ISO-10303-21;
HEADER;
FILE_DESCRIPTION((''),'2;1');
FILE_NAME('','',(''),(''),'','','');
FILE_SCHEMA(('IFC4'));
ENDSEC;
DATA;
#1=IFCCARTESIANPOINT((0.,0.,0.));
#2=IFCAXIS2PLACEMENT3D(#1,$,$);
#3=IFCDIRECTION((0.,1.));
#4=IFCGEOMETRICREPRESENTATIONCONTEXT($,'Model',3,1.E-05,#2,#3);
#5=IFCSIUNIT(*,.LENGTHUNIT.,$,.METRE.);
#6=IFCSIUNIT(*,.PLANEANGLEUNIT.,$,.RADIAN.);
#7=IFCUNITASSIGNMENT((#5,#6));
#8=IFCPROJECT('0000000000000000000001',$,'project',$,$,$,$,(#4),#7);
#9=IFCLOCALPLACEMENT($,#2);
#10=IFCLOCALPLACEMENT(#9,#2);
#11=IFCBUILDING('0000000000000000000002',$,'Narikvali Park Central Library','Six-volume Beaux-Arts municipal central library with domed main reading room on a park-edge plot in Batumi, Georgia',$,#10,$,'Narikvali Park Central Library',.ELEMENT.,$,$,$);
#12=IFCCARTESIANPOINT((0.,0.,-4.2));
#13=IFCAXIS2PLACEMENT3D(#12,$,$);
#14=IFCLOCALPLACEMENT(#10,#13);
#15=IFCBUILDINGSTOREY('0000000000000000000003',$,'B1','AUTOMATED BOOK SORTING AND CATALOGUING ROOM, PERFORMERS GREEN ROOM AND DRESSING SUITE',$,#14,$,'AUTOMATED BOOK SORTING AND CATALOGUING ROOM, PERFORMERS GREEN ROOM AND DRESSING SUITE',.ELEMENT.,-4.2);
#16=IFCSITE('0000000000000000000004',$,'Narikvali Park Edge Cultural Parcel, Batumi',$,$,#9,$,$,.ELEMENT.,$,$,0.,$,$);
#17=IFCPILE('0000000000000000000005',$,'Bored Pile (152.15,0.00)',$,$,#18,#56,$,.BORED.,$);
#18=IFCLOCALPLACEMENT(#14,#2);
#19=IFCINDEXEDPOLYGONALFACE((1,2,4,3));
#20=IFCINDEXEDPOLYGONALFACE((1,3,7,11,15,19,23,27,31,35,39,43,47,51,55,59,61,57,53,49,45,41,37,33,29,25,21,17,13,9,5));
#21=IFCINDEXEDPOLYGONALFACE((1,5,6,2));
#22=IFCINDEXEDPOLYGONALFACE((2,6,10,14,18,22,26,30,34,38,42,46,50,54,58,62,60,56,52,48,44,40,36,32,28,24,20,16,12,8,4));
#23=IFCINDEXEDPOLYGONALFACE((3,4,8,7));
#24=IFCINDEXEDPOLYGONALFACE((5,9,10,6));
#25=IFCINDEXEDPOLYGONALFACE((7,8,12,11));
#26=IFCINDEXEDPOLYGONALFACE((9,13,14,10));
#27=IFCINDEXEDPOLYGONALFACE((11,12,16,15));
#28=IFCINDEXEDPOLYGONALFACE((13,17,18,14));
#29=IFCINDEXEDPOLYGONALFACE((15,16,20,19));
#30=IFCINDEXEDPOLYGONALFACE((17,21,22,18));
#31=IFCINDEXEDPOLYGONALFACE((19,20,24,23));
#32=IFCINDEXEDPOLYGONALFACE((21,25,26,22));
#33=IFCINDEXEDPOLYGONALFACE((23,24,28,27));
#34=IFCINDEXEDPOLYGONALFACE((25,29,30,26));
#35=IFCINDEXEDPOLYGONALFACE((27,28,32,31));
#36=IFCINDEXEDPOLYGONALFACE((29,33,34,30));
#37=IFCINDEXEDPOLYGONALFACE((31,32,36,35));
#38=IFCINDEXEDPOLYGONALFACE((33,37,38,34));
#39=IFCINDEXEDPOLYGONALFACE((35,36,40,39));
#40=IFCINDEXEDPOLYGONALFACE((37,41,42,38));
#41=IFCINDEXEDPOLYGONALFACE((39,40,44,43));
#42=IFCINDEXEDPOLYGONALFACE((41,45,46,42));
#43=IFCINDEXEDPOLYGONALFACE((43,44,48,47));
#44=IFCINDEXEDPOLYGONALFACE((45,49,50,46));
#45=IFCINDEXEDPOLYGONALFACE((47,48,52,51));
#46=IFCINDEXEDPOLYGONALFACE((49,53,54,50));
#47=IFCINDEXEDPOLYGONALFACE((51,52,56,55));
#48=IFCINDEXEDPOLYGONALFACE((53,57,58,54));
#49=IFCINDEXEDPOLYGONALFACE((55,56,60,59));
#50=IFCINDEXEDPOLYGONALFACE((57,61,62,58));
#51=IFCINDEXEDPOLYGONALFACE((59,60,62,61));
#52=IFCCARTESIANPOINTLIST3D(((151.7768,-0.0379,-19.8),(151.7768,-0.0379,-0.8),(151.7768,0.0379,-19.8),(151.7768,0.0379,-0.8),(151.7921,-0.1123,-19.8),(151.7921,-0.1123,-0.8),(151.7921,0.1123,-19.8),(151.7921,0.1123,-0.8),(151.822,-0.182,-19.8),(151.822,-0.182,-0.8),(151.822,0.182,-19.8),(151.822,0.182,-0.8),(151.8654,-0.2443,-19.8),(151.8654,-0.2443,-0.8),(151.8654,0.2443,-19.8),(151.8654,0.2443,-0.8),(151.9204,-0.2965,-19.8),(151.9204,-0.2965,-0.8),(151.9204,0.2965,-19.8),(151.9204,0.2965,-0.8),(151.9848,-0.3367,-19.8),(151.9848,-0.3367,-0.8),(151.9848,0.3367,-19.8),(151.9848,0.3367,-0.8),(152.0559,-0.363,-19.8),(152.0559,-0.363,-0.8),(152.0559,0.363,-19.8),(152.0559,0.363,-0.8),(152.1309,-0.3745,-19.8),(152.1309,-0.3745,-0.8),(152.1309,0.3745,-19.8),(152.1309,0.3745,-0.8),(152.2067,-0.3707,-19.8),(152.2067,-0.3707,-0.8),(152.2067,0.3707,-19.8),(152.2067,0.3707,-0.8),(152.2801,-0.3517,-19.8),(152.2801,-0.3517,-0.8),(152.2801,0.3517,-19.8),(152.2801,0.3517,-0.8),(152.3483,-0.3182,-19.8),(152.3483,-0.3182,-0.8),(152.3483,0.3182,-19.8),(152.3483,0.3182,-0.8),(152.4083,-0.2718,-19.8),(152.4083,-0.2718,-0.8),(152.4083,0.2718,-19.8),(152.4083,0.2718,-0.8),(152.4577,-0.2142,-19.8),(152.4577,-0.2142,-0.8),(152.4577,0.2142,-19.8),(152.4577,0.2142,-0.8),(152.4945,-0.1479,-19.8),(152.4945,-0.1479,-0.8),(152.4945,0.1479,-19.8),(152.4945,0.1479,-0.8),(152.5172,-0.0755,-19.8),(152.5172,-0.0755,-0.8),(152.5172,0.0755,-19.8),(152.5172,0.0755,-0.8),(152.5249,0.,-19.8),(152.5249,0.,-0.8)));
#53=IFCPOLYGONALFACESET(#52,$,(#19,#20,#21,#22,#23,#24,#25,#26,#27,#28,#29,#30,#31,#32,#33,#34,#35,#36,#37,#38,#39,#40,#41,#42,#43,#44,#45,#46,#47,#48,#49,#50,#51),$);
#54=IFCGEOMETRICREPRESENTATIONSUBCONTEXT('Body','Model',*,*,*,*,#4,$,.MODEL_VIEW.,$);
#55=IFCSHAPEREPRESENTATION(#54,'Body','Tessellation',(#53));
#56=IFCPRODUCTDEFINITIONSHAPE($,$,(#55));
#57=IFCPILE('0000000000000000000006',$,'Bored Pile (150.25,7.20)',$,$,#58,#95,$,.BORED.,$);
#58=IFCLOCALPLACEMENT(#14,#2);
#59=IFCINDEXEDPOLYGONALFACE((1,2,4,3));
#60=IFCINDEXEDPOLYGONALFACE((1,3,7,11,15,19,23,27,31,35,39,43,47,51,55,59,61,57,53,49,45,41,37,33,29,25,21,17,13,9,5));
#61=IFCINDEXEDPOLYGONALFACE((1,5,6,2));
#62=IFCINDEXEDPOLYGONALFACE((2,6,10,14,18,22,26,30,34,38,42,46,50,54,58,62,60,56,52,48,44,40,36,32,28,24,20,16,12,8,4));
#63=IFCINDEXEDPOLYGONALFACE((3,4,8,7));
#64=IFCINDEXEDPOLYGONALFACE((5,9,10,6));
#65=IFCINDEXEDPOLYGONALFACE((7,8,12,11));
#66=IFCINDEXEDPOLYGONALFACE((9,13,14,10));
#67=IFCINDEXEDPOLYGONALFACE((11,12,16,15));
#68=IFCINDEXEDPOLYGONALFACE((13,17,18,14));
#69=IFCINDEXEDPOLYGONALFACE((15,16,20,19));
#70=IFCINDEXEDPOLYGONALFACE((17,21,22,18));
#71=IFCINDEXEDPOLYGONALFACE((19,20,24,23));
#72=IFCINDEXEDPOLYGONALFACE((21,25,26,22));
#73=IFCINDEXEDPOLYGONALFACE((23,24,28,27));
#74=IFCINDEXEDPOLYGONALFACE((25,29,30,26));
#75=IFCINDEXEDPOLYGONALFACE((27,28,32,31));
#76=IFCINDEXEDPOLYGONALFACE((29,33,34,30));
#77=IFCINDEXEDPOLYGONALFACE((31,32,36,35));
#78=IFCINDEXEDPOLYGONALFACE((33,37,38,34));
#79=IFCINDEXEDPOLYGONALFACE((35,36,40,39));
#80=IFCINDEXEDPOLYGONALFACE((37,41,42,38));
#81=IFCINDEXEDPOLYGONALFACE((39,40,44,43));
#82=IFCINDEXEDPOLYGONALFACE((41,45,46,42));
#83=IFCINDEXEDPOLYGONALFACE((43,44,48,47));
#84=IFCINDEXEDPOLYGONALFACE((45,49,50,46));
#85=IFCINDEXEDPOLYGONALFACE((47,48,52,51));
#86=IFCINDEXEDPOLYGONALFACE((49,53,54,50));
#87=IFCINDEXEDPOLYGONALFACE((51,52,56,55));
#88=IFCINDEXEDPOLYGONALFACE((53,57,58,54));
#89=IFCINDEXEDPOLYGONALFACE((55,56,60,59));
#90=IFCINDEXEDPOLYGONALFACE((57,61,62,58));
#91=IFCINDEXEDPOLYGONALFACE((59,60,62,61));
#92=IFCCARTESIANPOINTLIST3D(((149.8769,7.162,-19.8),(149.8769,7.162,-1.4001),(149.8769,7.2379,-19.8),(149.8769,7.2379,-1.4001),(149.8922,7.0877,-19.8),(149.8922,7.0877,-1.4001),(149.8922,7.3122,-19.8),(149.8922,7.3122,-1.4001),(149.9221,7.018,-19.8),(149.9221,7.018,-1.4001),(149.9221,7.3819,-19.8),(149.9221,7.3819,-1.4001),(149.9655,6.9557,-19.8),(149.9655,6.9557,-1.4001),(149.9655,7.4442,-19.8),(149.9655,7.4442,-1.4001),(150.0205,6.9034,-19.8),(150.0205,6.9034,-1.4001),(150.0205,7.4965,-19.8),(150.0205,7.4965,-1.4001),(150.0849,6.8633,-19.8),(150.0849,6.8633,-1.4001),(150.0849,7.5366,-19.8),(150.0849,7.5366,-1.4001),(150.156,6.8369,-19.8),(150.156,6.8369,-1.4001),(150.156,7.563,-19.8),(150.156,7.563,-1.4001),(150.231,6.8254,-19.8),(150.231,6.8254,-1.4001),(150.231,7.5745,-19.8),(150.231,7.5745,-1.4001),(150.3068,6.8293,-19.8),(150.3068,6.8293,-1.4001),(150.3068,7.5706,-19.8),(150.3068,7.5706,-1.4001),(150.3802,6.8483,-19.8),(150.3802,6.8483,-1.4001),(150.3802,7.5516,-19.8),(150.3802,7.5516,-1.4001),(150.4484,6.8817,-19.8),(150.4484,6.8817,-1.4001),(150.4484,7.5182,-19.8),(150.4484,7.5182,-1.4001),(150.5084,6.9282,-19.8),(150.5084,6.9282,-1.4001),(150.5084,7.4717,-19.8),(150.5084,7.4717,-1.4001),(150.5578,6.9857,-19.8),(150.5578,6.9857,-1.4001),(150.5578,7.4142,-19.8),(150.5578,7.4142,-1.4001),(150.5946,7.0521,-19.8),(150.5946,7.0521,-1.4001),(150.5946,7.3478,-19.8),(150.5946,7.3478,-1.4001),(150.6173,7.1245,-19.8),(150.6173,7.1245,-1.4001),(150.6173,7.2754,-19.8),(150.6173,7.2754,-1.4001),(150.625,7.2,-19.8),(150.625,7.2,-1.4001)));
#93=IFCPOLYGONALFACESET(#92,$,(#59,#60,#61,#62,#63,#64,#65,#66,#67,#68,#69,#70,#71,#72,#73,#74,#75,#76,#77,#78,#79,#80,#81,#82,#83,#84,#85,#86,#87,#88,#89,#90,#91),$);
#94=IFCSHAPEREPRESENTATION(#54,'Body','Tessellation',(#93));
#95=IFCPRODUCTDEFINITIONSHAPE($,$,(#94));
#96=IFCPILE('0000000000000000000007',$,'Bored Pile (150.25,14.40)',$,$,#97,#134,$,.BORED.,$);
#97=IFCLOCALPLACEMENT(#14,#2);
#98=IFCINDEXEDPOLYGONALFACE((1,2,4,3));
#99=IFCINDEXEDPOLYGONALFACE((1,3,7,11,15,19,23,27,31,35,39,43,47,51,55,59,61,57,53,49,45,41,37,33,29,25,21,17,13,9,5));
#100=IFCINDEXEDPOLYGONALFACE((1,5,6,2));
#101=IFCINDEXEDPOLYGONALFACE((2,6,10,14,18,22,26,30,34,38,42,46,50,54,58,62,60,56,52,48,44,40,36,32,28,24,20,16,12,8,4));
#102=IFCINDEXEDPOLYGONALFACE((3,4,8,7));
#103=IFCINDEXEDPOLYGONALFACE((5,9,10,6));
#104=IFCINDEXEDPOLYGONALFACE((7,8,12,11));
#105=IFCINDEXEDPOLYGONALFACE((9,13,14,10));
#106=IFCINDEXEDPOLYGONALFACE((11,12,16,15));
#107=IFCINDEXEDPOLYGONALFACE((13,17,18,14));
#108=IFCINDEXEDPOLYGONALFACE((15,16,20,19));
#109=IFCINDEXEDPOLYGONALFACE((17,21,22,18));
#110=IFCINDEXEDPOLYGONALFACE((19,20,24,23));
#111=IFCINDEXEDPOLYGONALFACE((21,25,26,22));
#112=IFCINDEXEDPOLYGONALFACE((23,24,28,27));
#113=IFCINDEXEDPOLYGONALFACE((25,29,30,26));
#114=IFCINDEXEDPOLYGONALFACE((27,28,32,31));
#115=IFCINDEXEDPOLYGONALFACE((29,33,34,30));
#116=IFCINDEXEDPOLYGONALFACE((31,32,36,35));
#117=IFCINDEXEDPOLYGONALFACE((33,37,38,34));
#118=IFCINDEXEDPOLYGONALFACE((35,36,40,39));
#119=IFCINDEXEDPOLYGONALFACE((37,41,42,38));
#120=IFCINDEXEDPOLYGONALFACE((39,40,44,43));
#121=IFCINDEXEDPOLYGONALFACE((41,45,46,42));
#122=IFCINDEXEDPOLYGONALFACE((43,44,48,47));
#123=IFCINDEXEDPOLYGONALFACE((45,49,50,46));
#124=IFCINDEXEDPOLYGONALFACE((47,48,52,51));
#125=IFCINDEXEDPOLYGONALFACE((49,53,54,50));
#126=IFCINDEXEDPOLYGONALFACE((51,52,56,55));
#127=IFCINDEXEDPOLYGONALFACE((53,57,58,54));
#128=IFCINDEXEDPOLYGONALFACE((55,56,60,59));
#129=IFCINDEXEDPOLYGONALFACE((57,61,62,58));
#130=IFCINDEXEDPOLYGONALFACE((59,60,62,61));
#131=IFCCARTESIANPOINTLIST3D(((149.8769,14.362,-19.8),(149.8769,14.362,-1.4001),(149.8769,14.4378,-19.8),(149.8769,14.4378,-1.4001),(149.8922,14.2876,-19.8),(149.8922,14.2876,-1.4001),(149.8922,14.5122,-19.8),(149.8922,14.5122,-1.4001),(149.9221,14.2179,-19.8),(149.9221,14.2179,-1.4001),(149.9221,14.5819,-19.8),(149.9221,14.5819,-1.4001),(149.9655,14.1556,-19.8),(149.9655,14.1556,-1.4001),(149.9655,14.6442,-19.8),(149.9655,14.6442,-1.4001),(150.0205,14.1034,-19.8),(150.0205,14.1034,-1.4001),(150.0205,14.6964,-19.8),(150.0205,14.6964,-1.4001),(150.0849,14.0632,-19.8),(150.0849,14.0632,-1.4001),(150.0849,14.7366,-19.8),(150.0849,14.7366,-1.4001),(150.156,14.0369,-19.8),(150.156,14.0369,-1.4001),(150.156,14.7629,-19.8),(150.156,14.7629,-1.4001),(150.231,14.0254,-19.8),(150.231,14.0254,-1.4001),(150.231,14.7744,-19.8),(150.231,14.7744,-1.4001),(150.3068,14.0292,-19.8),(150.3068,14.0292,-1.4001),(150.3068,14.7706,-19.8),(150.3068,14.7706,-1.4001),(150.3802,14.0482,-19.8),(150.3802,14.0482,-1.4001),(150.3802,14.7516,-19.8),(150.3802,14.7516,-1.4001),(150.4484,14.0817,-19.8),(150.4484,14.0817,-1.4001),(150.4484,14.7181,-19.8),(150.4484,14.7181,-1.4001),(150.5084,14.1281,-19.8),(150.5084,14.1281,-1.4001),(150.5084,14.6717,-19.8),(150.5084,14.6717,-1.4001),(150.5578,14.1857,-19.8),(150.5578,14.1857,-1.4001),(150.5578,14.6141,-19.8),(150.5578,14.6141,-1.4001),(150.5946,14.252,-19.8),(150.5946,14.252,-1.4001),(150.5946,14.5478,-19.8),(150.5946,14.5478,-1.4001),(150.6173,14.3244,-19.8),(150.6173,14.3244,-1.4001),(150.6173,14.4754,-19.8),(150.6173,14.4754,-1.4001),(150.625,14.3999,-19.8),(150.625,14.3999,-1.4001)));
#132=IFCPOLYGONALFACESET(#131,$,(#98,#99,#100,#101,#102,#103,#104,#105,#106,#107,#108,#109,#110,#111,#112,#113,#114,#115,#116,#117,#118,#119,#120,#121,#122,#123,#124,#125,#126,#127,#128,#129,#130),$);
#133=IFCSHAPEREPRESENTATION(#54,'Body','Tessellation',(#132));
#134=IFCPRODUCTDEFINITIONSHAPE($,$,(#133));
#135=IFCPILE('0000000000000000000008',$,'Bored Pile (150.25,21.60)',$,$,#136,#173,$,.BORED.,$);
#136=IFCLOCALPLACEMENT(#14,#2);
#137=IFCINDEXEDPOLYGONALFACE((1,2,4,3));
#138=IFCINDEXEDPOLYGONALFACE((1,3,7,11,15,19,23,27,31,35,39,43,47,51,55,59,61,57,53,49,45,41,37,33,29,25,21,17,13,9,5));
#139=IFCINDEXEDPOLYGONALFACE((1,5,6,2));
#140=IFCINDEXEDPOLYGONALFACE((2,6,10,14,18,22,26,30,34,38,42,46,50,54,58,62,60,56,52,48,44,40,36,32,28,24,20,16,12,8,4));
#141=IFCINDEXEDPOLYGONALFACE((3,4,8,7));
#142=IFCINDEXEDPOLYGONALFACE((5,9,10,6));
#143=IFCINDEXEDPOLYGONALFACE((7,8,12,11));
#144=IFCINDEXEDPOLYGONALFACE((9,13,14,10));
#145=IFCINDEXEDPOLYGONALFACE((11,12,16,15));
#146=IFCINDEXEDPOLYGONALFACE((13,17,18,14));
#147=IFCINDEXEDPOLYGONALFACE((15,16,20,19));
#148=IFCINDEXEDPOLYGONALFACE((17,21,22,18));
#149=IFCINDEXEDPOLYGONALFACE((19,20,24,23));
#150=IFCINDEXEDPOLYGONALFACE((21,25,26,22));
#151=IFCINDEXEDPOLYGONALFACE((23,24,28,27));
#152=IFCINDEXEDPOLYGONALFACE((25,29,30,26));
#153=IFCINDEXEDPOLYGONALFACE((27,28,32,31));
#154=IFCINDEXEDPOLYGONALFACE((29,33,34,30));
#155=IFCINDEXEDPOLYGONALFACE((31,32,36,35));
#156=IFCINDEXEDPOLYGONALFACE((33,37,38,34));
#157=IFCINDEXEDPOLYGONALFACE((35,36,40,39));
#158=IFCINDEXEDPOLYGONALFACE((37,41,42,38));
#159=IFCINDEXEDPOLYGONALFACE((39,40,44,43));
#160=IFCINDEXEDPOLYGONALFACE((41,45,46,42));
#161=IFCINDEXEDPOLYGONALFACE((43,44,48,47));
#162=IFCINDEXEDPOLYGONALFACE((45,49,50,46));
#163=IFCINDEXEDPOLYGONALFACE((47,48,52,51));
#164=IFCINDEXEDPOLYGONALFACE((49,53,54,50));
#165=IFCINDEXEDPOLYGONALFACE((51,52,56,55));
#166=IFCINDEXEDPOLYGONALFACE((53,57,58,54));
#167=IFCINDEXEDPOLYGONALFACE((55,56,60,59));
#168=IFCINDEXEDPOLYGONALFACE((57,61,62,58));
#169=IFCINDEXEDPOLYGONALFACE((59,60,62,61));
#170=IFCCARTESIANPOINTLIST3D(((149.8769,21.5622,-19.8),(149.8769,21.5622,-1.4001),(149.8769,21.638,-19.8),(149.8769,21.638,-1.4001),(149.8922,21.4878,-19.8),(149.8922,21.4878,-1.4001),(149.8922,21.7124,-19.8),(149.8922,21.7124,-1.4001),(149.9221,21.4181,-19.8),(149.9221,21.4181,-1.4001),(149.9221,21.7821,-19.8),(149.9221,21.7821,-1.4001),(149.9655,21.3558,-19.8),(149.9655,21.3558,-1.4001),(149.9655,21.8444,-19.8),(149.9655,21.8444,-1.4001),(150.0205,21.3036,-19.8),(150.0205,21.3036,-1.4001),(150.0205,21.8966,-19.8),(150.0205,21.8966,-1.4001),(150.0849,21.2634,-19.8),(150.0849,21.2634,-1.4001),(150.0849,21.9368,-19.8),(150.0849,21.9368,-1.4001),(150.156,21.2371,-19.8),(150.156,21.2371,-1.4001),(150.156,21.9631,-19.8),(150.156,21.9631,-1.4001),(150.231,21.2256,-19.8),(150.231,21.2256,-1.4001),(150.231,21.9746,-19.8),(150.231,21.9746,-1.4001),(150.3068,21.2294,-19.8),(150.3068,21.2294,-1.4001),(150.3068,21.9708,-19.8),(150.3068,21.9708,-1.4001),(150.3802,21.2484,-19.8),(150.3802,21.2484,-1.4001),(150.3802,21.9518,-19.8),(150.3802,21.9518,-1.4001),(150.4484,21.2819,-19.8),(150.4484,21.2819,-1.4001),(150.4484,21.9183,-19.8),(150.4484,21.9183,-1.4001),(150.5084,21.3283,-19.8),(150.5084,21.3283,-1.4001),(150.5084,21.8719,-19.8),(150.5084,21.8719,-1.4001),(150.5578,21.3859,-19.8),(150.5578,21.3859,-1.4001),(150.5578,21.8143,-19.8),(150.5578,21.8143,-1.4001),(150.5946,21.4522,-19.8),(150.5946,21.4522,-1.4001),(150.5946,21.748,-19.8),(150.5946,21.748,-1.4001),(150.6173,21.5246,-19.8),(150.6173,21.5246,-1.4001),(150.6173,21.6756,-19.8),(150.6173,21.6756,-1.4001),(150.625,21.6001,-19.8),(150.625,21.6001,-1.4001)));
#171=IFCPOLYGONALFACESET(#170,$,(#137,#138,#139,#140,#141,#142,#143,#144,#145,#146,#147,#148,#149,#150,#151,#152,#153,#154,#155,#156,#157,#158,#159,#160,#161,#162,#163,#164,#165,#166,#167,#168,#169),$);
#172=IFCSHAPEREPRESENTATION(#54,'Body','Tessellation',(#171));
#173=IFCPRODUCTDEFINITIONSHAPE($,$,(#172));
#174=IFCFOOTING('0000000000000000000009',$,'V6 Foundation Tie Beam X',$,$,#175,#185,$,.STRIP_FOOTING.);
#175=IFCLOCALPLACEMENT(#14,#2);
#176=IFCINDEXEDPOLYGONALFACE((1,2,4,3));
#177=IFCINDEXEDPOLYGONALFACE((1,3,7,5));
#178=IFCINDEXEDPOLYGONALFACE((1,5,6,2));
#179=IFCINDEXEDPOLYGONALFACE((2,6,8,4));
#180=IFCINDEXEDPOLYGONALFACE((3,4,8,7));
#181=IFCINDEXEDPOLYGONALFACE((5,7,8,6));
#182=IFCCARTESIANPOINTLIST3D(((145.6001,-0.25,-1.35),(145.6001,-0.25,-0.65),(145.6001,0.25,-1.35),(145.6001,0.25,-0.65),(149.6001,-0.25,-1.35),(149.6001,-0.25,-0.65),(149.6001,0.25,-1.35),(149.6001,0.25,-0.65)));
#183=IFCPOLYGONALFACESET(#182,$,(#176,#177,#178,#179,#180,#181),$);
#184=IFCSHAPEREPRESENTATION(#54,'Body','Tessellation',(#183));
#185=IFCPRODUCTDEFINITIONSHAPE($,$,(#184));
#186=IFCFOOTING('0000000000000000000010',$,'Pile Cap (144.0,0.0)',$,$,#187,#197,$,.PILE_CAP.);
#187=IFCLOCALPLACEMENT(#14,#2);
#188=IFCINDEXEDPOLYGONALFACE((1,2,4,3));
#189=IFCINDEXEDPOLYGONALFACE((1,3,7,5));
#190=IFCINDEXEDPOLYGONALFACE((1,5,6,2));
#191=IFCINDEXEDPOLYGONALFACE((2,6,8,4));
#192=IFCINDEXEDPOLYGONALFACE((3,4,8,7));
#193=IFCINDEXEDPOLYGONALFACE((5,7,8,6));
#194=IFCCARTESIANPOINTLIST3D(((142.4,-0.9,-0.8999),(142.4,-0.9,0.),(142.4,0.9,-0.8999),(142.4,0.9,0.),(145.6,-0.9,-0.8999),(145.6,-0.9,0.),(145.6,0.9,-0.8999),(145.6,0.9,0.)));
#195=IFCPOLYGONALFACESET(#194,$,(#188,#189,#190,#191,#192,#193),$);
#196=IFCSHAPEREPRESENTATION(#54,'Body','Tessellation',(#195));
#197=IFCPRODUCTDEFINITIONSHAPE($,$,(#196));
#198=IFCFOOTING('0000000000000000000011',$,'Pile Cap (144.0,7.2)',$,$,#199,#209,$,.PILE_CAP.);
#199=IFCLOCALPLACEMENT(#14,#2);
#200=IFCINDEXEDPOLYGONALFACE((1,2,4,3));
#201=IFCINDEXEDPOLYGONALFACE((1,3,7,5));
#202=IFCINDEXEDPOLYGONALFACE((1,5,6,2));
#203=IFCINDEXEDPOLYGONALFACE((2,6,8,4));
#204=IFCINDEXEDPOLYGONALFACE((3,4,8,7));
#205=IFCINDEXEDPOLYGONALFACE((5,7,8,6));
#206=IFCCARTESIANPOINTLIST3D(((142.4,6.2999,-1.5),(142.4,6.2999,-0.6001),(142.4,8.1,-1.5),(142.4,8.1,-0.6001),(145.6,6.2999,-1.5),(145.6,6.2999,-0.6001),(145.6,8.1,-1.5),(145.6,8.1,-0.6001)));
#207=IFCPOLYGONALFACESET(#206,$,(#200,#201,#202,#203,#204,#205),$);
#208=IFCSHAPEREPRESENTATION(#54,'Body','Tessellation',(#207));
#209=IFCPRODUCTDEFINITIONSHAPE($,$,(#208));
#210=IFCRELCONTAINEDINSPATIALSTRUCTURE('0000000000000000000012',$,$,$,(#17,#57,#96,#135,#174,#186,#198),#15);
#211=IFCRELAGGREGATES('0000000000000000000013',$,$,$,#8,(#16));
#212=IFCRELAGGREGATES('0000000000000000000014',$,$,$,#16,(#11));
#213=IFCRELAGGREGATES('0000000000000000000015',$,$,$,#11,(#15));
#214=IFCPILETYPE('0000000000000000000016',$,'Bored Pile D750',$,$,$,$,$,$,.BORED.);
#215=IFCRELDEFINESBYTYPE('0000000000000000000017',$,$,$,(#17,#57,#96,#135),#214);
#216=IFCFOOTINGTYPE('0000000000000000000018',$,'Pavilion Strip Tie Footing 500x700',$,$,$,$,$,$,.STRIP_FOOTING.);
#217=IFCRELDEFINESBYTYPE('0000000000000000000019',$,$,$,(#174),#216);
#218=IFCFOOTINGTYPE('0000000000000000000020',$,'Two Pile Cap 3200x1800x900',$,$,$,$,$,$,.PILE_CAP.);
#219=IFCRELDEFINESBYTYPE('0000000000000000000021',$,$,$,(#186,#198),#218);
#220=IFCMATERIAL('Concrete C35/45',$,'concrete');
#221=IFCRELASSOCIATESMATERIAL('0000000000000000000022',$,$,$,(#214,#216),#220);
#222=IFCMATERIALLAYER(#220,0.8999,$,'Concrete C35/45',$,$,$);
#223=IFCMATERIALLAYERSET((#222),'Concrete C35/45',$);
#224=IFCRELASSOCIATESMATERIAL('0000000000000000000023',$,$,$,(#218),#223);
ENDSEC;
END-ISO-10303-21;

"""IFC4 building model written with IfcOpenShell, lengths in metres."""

from ifc_helpers import new_model, si_unit, direction, frame, origin, origin_2d, place, context, subcontext, project, spatial, rectangle, circle, extrude, material, layer, layer_set, material_profile, profile_set, type_object, element, save


model = new_model("IFC4")

# Units and contexts
model_context = context("Model", 3, precision=1e-05, world=origin(), true_north=direction((0.0, 1.0)))
body_context = subcontext(model_context, "Body", "Model", "MODEL_VIEW")
ifc_project = project(units=[si_unit("LENGTHUNIT", "METRE"), si_unit("PLANEANGLEUNIT", "RADIAN")], contexts=[model_context])

# Site, building, storey
site_placement = place(None, origin())
site = spatial("IfcSite", under=ifc_project, at=site_placement, Name="Narikvali Park Edge Cultural Parcel, Batumi", CompositionType="ELEMENT", RefElevation=0.0)
building_placement = place(site_placement, origin())
building = spatial("IfcBuilding", under=site, at=building_placement, Name="Narikvali Park Central Library", Description="Six-volume Beaux-Arts municipal central library with domed main reading room on a park-edge plot in Batumi, Georgia", LongName="Narikvali Park Central Library", CompositionType="ELEMENT")
storey_placement = place(building_placement, frame((0.0, 0.0, -4.2)))
storey = spatial("IfcBuildingStorey", under=building, at=storey_placement, Name="B1", Description="AUTOMATED BOOK SORTING AND CATALOGUING ROOM, PERFORMERS GREEN ROOM AND DRESSING SUITE", LongName="AUTOMATED BOOK SORTING AND CATALOGUING ROOM, PERFORMERS GREEN ROOM AND DRESSING SUITE", CompositionType="ELEMENT", Elevation=-4.2)

# Piles
ifc_material_1 = material(Name="Concrete C35/45", Category="concrete")
ifc_material_profile_1 = material_profile(ifc_material_1, circle(Radius=0.375, at=origin_2d()), Name="PILE D750")
ifc_profile_set_1 = profile_set([ifc_material_profile_1], Name="Concrete C35/45")
pile_type = type_object("IfcPileType", Name="Bored Pile D750", PredefinedType="BORED", material=ifc_profile_set_1)
for number, where, z_axis, x_axis, name in (
    (1, (152.1499, 0.0, -0.8), (0.0, 0.0, -1.0), (1.0, 0.0, 0.0), "Bored Pile (152.15,0.00)"),
):
    element("IfcPile", number, at=place(storey_placement, frame(where, z_axis=z_axis, x_axis=x_axis)), inside=storey, type_object=pile_type, Name=name, PredefinedType="BORED", context=body_context, shape_type="SweptSolid", body=[
        extrude(circle(Radius=0.375, at=origin_2d()), origin(), (0.0, 0.0, 1.0), 19.0),
    ])
for number, where, z_axis, x_axis, name in (
    (2, (150.25, 7.2, -1.4001), (0.0, 0.0, -1.0), (1.0, 0.0, 0.0), "Bored Pile (150.25,7.20)"),
    (3, (150.25, 14.3999, -1.4001), (0.0, 0.0, -1.0), (1.0, 0.0, 0.0), "Bored Pile (150.25,14.40)"),
    (4, (150.25, 21.6001, -1.4001), (0.0, 0.0, -1.0), (1.0, 0.0, 0.0), "Bored Pile (150.25,21.60)"),
):
    element("IfcPile", number, at=place(storey_placement, frame(where, z_axis=z_axis, x_axis=x_axis)), inside=storey, type_object=pile_type, Name=name, PredefinedType="BORED", context=body_context, shape_type="SweptSolid", body=[
        extrude(circle(Radius=0.375, at=origin_2d()), origin(), (0.0, 0.0, 1.0), 18.3999),
    ])

# Footings
ifc_material_profile_2 = material_profile(ifc_material_1, rectangle(XDim=0.5, YDim=0.7, at=origin_2d()), Name="RC GB 500x700")
ifc_profile_set_2 = profile_set([ifc_material_profile_2], Name="Concrete C35/45")
footing_type_1 = type_object("IfcFootingType", Name="Pavilion Strip Tie Footing 500x700", PredefinedType="STRIP_FOOTING", material=ifc_profile_set_2)
footing_placement = place(storey_placement, frame((145.6001, 0.0, -1.0), z_axis=(1.0, 0.0, 0.0), x_axis=(0.0, 1.0, 0.0)))
element("IfcFooting", 5, at=footing_placement, inside=storey, type_object=footing_type_1, Name="V6 Foundation Tie Beam X", PredefinedType="STRIP_FOOTING", context=body_context, shape_type="SweptSolid", body=[
    extrude(rectangle(XDim=0.5, YDim=0.7, at=origin_2d()), origin(), (0.0, 0.0, 1.0), 4.0),
])
ifc_layer_1 = layer(ifc_material_1, 0.8999, Name="Concrete C35/45")
ifc_layer_set_1 = layer_set([ifc_layer_1], Name="Concrete C35/45")
footing_type_2 = type_object("IfcFootingType", Name="Two Pile Cap 3200x1800x900", PredefinedType="PILE_CAP", material=ifc_layer_set_1)
for number, where, z_axis, x_axis, name in (
    (6, (144.0, 0.0, -0.8999), (0.0, 0.0, 1.0), (1.0, 0.0, 0.0), "Pile Cap (144.0,0.0)"),
    (7, (144.0, 7.2, -1.5), (0.0, 0.0, 1.0), (1.0, 0.0, 0.0), "Pile Cap (144.0,7.2)"),
):
    element("IfcFooting", number, at=place(storey_placement, frame(where, z_axis=z_axis, x_axis=x_axis)), inside=storey, type_object=footing_type_2, Name=name, PredefinedType="PILE_CAP", context=body_context, shape_type="SweptSolid", body=[
        extrude(rectangle(XDim=3.2, YDim=1.8, at=origin_2d()), origin(), (0.0, 0.0, 1.0), 0.8999),
    ])

save(model, "model.ifc")
